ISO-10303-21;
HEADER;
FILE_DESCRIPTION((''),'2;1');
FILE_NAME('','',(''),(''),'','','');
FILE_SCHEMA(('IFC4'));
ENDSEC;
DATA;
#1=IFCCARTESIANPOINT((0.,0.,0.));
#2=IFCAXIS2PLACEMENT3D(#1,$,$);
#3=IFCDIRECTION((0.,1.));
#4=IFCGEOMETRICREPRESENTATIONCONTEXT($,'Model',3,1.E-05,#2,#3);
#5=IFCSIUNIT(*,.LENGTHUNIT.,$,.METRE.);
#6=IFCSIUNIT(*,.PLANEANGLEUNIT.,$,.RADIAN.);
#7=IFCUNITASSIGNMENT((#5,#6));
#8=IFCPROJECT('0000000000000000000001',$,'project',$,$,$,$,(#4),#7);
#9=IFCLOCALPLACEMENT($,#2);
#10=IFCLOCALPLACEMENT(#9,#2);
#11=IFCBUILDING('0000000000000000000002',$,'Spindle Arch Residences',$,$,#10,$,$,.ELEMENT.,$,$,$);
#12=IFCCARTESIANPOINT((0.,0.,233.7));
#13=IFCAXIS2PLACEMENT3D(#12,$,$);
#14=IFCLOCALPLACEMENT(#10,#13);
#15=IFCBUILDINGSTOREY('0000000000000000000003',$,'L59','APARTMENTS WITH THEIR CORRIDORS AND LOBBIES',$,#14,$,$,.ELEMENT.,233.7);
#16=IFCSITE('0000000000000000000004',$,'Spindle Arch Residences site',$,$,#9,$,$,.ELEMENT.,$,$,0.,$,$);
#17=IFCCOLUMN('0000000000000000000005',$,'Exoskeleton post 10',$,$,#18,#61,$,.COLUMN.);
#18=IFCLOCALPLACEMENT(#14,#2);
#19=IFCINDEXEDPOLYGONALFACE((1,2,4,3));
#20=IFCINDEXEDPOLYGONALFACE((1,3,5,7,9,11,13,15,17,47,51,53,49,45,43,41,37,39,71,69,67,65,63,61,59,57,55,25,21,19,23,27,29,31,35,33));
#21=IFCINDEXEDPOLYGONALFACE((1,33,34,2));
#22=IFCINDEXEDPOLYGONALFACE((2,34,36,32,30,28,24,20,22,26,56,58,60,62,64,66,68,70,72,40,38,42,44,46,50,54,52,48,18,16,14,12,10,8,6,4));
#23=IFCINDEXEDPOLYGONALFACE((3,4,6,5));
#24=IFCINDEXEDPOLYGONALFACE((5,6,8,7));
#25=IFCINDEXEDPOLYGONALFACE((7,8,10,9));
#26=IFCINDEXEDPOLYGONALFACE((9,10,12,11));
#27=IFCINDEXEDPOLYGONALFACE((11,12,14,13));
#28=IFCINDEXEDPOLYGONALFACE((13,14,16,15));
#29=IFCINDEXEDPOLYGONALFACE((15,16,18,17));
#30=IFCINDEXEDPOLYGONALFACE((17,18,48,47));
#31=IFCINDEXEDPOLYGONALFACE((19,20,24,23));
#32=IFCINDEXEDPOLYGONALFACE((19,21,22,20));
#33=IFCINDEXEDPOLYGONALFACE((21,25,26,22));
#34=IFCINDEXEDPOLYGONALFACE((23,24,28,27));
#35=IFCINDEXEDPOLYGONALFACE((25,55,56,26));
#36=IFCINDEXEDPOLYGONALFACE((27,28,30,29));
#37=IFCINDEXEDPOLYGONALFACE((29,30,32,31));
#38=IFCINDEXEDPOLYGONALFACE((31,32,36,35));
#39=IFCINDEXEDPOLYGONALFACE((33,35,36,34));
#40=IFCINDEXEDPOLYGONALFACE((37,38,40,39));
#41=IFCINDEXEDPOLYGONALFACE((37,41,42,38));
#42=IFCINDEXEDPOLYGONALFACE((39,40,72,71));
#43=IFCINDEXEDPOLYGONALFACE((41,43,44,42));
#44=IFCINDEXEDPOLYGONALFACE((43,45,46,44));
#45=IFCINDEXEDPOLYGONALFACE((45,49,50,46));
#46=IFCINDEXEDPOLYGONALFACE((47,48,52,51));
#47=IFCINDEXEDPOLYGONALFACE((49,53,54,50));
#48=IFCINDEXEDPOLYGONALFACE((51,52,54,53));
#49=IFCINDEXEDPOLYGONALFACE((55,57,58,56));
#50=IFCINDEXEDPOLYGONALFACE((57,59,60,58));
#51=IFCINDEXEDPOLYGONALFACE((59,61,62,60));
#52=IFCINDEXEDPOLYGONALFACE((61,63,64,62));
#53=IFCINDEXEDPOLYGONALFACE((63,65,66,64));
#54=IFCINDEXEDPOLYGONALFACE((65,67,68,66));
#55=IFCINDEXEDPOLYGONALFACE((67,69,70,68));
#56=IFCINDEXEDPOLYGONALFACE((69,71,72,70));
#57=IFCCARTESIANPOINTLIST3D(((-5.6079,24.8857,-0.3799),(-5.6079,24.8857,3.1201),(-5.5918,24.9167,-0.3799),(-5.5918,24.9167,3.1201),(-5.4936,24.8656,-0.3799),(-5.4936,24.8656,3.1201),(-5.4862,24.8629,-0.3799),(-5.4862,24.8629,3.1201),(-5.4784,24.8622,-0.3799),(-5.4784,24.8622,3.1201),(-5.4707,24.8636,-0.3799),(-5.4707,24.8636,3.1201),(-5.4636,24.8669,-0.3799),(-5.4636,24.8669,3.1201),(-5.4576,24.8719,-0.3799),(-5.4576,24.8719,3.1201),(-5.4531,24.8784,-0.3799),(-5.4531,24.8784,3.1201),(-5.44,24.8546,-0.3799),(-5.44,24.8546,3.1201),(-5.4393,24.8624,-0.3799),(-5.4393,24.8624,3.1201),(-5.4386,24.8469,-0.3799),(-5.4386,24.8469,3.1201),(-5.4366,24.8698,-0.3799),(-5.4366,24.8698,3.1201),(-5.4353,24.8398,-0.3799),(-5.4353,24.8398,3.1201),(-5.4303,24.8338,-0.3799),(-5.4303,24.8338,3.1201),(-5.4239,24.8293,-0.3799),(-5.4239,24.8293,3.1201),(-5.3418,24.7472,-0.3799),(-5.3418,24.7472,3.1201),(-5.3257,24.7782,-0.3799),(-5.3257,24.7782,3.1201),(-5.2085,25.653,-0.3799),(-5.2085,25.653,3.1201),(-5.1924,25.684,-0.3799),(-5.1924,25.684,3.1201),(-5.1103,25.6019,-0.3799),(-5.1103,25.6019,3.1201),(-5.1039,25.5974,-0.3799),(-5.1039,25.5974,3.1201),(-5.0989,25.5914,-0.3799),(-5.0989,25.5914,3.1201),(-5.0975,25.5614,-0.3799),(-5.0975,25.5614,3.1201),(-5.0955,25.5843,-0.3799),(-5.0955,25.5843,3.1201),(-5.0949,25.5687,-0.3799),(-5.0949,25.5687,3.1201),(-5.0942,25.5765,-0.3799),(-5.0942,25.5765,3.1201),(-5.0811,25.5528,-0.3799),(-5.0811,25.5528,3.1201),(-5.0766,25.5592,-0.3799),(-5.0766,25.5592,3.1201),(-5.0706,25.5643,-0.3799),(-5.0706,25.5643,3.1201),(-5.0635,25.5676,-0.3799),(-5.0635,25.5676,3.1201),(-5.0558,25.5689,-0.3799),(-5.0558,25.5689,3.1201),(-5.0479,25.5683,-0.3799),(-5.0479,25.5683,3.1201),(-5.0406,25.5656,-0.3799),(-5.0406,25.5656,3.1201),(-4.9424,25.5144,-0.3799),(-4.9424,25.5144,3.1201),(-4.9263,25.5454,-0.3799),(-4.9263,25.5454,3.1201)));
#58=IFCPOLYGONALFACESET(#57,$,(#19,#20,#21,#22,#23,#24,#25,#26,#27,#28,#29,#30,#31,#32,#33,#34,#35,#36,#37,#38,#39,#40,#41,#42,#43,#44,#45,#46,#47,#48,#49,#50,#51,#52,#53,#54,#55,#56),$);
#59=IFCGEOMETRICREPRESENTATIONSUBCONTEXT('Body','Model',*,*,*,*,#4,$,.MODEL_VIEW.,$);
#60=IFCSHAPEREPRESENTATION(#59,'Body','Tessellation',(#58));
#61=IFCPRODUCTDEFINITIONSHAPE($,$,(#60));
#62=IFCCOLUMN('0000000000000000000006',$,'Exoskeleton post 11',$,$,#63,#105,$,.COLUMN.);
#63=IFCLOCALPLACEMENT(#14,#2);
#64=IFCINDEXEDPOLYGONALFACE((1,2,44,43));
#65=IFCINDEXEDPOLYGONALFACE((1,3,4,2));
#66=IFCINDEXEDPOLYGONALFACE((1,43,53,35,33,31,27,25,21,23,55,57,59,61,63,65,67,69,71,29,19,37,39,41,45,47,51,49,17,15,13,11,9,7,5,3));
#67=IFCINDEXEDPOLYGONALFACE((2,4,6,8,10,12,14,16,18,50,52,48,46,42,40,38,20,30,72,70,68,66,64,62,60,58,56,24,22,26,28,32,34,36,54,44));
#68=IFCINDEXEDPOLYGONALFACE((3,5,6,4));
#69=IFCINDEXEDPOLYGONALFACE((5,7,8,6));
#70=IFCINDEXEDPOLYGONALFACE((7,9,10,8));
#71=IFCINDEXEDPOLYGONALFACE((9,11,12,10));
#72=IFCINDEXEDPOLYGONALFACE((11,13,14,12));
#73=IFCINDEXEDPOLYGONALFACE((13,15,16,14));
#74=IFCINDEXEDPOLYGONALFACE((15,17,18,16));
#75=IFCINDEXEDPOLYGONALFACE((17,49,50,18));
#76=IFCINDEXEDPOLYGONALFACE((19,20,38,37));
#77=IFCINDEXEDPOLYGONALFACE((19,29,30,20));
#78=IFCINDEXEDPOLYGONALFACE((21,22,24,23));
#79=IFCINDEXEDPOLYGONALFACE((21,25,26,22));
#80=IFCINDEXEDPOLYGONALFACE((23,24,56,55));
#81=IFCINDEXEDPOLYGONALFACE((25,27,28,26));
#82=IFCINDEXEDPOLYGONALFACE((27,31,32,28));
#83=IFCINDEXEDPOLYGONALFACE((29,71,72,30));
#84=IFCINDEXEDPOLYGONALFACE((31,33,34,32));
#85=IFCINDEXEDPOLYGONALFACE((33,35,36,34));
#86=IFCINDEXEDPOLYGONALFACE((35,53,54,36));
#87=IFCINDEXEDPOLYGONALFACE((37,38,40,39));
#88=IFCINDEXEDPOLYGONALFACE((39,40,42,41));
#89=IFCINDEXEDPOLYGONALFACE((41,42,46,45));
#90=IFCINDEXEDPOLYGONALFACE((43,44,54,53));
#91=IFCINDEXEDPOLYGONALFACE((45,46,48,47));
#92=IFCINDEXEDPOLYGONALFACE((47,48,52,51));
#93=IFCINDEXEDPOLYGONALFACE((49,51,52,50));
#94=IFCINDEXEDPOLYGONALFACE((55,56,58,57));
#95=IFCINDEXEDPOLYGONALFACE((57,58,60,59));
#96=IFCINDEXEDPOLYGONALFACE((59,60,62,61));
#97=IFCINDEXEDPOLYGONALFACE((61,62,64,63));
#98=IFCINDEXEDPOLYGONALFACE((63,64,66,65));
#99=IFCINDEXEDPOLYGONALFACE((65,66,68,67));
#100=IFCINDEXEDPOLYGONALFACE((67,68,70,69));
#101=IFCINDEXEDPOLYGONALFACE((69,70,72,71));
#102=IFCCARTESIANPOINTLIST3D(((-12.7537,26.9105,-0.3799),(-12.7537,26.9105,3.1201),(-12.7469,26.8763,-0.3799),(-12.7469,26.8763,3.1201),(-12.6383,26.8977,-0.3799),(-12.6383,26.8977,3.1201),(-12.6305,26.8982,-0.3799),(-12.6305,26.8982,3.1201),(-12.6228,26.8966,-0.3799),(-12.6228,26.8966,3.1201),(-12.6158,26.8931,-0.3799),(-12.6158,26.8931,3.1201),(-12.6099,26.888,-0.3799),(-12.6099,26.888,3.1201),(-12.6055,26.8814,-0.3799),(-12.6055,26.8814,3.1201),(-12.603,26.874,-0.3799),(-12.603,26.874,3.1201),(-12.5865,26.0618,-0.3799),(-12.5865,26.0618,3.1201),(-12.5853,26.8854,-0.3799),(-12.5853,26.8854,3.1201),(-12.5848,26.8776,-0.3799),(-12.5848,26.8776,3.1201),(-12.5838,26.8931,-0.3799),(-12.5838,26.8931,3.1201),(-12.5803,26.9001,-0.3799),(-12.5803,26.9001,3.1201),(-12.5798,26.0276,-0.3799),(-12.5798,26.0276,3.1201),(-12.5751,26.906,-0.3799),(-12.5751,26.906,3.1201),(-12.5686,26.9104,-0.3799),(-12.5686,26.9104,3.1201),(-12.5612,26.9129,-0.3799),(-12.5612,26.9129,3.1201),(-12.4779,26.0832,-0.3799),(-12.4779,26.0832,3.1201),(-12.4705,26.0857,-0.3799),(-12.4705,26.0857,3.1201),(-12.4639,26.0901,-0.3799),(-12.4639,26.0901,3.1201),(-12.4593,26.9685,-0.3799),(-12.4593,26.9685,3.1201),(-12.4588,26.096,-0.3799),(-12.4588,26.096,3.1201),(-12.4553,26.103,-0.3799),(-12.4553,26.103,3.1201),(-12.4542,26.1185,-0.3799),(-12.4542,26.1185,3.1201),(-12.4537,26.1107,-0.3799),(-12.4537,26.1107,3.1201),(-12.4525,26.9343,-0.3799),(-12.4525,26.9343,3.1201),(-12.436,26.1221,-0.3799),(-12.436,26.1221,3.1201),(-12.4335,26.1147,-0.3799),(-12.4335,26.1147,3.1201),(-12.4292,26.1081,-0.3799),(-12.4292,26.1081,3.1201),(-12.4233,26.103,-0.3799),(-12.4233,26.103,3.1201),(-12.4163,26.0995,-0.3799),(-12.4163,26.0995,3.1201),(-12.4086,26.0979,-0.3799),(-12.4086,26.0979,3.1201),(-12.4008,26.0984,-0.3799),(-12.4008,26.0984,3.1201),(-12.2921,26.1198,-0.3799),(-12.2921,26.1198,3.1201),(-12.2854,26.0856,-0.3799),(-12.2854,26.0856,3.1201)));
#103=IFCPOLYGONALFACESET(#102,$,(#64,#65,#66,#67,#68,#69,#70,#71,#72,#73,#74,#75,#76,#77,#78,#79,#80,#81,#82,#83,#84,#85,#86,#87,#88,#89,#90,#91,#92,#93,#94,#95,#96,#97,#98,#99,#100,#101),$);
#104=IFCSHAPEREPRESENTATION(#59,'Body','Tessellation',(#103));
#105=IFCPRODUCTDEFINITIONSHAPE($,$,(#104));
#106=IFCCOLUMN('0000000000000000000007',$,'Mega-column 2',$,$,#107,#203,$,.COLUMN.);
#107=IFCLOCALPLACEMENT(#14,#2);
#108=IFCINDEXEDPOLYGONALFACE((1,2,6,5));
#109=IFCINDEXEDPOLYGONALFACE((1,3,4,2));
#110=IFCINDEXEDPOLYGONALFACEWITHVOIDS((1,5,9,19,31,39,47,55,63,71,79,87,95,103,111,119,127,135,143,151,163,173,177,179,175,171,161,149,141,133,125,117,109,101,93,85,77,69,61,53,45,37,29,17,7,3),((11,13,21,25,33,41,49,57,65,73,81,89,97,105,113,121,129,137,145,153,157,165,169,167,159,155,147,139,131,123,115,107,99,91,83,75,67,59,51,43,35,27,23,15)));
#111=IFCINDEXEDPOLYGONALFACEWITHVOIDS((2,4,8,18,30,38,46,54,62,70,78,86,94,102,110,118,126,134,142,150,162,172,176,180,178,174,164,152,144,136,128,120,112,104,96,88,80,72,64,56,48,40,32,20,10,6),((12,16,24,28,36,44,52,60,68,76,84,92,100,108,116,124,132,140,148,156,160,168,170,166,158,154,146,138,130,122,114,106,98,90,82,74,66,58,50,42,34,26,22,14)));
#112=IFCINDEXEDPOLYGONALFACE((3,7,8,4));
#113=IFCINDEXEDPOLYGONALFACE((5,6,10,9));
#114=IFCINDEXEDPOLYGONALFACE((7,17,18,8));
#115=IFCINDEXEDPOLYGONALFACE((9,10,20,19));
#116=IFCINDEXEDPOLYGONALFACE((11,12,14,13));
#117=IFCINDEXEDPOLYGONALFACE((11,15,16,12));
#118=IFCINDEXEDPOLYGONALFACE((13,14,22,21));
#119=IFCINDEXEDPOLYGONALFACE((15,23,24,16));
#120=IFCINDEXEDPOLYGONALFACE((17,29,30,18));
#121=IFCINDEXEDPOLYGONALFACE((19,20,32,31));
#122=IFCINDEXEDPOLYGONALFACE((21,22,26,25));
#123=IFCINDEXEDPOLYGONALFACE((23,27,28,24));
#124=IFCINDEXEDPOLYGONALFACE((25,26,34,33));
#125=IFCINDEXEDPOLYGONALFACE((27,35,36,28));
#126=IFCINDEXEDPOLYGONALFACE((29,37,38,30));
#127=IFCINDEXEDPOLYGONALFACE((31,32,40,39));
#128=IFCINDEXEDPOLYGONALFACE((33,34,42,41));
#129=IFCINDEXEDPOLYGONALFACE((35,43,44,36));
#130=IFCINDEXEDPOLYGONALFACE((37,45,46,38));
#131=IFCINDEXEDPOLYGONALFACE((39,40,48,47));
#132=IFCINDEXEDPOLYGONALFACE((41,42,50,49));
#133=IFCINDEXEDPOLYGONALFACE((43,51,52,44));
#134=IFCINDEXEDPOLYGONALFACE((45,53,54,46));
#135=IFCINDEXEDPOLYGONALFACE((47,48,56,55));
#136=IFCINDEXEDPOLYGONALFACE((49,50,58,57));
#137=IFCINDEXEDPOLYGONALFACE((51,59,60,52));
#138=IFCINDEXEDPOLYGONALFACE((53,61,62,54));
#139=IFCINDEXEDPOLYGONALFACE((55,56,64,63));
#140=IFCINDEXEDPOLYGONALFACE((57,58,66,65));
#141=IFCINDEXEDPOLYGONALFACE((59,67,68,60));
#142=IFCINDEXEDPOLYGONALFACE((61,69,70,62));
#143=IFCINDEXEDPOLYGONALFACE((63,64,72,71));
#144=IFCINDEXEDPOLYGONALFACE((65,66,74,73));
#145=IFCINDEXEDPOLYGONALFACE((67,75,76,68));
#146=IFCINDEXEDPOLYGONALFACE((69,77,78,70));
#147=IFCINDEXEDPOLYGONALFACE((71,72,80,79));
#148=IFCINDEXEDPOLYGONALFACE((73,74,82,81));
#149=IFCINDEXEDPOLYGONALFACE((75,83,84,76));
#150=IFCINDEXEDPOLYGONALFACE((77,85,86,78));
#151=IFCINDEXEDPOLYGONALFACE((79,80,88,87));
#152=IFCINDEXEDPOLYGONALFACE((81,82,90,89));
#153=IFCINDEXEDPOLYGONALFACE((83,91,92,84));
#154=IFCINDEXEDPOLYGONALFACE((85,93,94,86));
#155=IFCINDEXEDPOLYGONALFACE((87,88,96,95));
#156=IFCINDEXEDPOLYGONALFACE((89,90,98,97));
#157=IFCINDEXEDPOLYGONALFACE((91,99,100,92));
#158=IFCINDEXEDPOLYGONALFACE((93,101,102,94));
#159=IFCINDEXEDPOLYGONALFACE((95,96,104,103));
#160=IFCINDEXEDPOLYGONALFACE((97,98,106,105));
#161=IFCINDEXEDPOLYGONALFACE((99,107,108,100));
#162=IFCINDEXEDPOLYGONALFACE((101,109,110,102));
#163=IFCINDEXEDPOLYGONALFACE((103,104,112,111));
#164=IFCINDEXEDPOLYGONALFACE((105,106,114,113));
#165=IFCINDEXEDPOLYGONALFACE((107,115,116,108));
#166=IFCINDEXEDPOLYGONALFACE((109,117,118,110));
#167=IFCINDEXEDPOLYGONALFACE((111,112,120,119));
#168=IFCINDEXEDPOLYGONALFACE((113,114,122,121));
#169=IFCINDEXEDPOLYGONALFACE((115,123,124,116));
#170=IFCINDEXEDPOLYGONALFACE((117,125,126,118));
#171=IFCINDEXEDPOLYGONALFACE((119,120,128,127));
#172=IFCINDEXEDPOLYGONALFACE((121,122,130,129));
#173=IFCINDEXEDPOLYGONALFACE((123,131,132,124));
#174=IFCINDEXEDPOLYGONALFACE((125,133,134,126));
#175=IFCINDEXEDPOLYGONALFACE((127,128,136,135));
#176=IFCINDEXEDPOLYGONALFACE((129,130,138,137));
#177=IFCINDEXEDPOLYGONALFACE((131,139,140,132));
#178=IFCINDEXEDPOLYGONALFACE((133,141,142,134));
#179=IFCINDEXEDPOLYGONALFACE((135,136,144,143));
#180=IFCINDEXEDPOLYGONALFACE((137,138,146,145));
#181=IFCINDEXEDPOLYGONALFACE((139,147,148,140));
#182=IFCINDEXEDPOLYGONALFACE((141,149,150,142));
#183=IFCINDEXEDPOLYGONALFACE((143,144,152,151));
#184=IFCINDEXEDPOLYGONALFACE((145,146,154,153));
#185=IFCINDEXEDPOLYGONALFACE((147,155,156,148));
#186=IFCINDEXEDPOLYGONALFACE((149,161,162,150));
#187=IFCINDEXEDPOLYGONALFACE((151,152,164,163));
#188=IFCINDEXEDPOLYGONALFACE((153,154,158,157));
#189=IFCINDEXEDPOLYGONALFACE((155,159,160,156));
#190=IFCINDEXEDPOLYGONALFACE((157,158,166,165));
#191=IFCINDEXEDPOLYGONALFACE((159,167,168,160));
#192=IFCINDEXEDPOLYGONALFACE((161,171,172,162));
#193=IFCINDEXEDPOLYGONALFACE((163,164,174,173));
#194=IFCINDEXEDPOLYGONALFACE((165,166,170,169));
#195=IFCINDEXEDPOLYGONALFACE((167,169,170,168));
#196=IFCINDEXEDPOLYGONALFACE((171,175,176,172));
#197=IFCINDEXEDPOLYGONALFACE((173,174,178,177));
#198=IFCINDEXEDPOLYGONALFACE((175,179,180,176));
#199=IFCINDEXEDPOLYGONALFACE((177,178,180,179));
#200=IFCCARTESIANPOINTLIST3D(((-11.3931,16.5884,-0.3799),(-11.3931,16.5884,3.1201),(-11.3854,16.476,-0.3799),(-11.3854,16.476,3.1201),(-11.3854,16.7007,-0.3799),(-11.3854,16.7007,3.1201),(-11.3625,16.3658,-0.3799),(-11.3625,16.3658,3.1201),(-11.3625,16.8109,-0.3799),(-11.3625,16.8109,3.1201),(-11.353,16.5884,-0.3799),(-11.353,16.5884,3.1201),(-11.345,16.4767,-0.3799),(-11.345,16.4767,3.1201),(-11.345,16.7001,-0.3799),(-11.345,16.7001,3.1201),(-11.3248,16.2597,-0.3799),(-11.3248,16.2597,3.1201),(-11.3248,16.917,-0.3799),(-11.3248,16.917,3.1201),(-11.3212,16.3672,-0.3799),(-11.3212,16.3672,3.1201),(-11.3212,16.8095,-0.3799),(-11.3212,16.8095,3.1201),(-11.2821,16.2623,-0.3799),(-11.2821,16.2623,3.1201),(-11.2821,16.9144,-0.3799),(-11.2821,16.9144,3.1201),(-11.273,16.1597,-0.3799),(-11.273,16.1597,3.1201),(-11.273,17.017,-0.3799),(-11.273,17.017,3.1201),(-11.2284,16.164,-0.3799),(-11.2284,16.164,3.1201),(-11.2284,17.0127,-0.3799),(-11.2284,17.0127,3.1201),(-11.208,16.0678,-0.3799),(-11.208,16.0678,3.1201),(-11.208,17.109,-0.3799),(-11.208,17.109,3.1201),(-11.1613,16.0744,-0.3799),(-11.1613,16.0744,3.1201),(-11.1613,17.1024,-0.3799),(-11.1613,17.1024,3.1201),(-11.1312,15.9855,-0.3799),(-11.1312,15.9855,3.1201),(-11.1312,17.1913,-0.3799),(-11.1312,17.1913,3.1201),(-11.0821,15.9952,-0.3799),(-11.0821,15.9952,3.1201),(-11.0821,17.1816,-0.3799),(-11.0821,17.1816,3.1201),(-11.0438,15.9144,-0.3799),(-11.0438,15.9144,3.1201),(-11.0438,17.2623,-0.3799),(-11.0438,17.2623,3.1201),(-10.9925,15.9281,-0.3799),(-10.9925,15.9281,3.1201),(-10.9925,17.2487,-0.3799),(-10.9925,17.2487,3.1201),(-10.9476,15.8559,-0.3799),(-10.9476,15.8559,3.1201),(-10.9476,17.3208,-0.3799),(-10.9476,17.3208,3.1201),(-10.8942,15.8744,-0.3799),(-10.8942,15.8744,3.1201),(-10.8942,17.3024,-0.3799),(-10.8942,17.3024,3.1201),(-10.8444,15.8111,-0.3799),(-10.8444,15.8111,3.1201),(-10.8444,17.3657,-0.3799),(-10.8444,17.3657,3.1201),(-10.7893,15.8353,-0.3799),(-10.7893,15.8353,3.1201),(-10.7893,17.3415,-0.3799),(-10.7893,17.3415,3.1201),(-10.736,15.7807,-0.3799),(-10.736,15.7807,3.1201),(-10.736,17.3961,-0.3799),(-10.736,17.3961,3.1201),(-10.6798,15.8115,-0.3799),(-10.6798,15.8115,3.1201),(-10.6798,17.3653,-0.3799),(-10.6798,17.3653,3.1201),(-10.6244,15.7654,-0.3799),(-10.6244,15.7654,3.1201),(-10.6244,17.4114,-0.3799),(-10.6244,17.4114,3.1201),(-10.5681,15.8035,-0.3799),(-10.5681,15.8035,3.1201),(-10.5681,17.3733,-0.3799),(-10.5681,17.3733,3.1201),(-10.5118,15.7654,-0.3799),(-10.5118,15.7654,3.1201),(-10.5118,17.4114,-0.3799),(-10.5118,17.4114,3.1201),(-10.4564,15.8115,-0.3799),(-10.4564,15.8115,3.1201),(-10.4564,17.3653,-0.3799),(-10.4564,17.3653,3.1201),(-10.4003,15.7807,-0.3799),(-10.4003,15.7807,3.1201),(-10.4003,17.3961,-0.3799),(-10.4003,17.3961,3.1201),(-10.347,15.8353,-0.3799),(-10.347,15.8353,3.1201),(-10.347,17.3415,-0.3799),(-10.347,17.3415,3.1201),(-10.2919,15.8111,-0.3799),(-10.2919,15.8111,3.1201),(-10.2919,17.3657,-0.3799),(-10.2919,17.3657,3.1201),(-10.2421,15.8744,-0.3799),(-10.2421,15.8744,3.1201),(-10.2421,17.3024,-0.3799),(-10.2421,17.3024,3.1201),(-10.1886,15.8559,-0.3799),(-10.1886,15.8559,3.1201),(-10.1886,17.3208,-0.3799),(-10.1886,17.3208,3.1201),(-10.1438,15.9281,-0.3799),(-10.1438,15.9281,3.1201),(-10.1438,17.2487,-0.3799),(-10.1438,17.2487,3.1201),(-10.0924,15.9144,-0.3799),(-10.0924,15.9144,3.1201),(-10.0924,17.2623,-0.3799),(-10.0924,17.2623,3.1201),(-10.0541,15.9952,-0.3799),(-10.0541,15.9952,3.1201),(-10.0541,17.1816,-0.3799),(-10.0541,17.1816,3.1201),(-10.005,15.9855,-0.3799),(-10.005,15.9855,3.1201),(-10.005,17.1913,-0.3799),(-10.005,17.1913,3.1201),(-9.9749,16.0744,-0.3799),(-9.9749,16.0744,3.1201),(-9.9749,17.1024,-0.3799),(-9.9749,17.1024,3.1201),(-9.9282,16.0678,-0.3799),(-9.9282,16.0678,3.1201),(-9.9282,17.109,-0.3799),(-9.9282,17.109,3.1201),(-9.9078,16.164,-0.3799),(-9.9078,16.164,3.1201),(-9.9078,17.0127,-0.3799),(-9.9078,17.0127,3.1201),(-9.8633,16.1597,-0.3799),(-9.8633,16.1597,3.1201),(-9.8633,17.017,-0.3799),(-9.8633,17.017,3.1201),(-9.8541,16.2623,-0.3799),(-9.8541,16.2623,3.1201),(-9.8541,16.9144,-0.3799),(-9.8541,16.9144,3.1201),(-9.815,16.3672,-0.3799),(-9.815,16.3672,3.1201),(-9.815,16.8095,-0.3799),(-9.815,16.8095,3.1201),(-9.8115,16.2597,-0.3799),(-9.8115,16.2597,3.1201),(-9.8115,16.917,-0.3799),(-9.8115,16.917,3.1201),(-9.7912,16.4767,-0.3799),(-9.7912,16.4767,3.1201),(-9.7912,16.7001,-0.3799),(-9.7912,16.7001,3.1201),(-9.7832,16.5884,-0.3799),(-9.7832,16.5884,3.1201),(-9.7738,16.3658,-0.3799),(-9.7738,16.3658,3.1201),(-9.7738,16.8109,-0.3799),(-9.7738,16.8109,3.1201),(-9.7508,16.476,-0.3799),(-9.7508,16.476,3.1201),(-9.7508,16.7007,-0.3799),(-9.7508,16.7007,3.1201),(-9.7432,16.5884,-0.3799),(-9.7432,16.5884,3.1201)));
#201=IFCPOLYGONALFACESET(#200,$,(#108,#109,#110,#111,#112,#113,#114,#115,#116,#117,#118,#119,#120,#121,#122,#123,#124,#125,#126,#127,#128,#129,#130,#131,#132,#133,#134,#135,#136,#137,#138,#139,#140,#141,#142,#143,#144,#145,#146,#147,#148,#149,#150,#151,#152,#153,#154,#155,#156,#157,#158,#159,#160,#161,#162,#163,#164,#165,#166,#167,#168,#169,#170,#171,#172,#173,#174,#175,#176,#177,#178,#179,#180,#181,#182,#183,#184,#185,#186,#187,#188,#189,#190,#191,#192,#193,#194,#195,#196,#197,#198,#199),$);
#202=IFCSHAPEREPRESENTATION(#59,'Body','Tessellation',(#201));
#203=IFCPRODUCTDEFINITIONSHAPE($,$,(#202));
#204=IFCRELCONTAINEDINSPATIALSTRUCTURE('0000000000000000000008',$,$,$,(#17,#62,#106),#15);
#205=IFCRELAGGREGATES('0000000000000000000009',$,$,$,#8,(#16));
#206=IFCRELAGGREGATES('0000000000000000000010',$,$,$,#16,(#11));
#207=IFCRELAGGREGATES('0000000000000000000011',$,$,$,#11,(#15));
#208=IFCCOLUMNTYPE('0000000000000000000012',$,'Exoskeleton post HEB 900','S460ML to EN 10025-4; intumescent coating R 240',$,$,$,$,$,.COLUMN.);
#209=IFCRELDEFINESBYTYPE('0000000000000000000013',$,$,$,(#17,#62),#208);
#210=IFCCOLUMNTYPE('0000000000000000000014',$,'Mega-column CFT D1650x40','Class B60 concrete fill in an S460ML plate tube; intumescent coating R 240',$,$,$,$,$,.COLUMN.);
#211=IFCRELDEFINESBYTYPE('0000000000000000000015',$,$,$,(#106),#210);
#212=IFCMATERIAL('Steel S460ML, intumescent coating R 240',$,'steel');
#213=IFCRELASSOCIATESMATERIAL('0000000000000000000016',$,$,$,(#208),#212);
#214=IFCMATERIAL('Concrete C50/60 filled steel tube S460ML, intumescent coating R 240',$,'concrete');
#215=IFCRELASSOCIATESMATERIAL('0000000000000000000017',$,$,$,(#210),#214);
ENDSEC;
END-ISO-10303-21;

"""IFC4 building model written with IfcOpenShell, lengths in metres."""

from ifc_helpers import new_model, si_unit, direction, frame, origin, origin_2d, place, context, subcontext, project, spatial, hollow_circle, i_section, extrude, material, material_profile, profile_set, type_object, element, save


model = new_model("IFC4")

# Units and contexts
model_context = context("Model", 3, precision=1e-05, world=origin(), true_north=direction((0.0, 1.0)))
body_context = subcontext(model_context, "Body", "Model", "MODEL_VIEW")
ifc_project = project(units=[si_unit("LENGTHUNIT", "METRE"), si_unit("PLANEANGLEUNIT", "RADIAN")], contexts=[model_context])

# Site, building, storey
site_placement = place(None, origin())
site = spatial("IfcSite", under=ifc_project, at=site_placement, Name="Spindle Arch Residences site", CompositionType="ELEMENT", RefElevation=0.0)
building_placement = place(site_placement, origin())
building = spatial("IfcBuilding", under=site, at=building_placement, Name="Spindle Arch Residences", CompositionType="ELEMENT")
storey_placement = place(building_placement, frame((0.0, 0.0, 233.7)))
storey = spatial("IfcBuildingStorey", under=building, at=storey_placement, Name="L59", Description="APARTMENTS WITH THEIR CORRIDORS AND LOBBIES", CompositionType="ELEMENT", Elevation=233.7)

# Columns
ifc_material_1 = material(Name="Steel S460ML, intumescent coating R 240", Category="steel")
ifc_material_profile_1 = material_profile(ifc_material_1, i_section(OverallWidth=0.3, OverallDepth=0.8999, WebThickness=0.0186, FlangeThickness=0.0349, FilletRadius=0.03, at=origin_2d()), Name="HEB 900")
ifc_profile_set_1 = profile_set([ifc_material_profile_1], Name="Steel S460ML, intumescent coating R 240")
column_type_1 = type_object("IfcColumnType", Name="Exoskeleton post HEB 900", Description="S460ML to EN 10025-4; intumescent coating R 240", PredefinedType="COLUMN", material=ifc_profile_set_1)
for number, where, z_axis, x_axis, name in (
    (1, (-5.2671, 25.2156, -0.3799), (0.0, 0.0, 1.0), (0.887011, -0.461749, 0.0), "Exoskeleton post 10"),
    (2, (-12.5195, 26.498, -0.3799), (0.0, 0.0, 1.0), (0.981153, 0.193233, 0.0), "Exoskeleton post 11"),
):
    element("IfcColumn", number, at=place(storey_placement, frame(where, z_axis=z_axis, x_axis=x_axis)), inside=storey, type_object=column_type_1, Name=name, PredefinedType="COLUMN", context=body_context, shape_type="SweptSolid", body=[
        extrude(i_section(OverallWidth=0.3, OverallDepth=0.8999, WebThickness=0.0186, FlangeThickness=0.0349, FilletRadius=0.03, at=origin_2d()), origin(), (0.0, 0.0, 1.0), 3.5),
    ])
ifc_material_2 = material(Name="Concrete C50/60 filled steel tube S460ML, intumescent coating R 240", Category="concrete")
ifc_material_profile_2 = material_profile(ifc_material_2, hollow_circle(Radius=0.825, WallThickness=0.04, at=origin_2d()), Name="CFT D1650x40")
ifc_profile_set_2 = profile_set([ifc_material_profile_2], Name="Concrete C50/60 filled steel tube S460ML, intumescent coating R 240")
column_type_2 = type_object("IfcColumnType", Name="Mega-column CFT D1650x40", Description="Class B60 concrete fill in an S460ML plate tube; intumescent coating R 240", PredefinedType="COLUMN", material=ifc_profile_set_2)
column_placement = place(storey_placement, frame((-10.5681, 16.5884, -0.3799), z_axis=(0.0, 0.0, 1.0), x_axis=(1.0, 0.0, 0.0)))
element("IfcColumn", 3, at=column_placement, inside=storey, type_object=column_type_2, Name="Mega-column 2", PredefinedType="COLUMN", context=body_context, shape_type="SweptSolid", body=[
    extrude(hollow_circle(Radius=0.825, WallThickness=0.04, at=origin_2d()), origin(), (0.0, 0.0, 1.0), 3.5),
])

save(model, "model.ifc")
